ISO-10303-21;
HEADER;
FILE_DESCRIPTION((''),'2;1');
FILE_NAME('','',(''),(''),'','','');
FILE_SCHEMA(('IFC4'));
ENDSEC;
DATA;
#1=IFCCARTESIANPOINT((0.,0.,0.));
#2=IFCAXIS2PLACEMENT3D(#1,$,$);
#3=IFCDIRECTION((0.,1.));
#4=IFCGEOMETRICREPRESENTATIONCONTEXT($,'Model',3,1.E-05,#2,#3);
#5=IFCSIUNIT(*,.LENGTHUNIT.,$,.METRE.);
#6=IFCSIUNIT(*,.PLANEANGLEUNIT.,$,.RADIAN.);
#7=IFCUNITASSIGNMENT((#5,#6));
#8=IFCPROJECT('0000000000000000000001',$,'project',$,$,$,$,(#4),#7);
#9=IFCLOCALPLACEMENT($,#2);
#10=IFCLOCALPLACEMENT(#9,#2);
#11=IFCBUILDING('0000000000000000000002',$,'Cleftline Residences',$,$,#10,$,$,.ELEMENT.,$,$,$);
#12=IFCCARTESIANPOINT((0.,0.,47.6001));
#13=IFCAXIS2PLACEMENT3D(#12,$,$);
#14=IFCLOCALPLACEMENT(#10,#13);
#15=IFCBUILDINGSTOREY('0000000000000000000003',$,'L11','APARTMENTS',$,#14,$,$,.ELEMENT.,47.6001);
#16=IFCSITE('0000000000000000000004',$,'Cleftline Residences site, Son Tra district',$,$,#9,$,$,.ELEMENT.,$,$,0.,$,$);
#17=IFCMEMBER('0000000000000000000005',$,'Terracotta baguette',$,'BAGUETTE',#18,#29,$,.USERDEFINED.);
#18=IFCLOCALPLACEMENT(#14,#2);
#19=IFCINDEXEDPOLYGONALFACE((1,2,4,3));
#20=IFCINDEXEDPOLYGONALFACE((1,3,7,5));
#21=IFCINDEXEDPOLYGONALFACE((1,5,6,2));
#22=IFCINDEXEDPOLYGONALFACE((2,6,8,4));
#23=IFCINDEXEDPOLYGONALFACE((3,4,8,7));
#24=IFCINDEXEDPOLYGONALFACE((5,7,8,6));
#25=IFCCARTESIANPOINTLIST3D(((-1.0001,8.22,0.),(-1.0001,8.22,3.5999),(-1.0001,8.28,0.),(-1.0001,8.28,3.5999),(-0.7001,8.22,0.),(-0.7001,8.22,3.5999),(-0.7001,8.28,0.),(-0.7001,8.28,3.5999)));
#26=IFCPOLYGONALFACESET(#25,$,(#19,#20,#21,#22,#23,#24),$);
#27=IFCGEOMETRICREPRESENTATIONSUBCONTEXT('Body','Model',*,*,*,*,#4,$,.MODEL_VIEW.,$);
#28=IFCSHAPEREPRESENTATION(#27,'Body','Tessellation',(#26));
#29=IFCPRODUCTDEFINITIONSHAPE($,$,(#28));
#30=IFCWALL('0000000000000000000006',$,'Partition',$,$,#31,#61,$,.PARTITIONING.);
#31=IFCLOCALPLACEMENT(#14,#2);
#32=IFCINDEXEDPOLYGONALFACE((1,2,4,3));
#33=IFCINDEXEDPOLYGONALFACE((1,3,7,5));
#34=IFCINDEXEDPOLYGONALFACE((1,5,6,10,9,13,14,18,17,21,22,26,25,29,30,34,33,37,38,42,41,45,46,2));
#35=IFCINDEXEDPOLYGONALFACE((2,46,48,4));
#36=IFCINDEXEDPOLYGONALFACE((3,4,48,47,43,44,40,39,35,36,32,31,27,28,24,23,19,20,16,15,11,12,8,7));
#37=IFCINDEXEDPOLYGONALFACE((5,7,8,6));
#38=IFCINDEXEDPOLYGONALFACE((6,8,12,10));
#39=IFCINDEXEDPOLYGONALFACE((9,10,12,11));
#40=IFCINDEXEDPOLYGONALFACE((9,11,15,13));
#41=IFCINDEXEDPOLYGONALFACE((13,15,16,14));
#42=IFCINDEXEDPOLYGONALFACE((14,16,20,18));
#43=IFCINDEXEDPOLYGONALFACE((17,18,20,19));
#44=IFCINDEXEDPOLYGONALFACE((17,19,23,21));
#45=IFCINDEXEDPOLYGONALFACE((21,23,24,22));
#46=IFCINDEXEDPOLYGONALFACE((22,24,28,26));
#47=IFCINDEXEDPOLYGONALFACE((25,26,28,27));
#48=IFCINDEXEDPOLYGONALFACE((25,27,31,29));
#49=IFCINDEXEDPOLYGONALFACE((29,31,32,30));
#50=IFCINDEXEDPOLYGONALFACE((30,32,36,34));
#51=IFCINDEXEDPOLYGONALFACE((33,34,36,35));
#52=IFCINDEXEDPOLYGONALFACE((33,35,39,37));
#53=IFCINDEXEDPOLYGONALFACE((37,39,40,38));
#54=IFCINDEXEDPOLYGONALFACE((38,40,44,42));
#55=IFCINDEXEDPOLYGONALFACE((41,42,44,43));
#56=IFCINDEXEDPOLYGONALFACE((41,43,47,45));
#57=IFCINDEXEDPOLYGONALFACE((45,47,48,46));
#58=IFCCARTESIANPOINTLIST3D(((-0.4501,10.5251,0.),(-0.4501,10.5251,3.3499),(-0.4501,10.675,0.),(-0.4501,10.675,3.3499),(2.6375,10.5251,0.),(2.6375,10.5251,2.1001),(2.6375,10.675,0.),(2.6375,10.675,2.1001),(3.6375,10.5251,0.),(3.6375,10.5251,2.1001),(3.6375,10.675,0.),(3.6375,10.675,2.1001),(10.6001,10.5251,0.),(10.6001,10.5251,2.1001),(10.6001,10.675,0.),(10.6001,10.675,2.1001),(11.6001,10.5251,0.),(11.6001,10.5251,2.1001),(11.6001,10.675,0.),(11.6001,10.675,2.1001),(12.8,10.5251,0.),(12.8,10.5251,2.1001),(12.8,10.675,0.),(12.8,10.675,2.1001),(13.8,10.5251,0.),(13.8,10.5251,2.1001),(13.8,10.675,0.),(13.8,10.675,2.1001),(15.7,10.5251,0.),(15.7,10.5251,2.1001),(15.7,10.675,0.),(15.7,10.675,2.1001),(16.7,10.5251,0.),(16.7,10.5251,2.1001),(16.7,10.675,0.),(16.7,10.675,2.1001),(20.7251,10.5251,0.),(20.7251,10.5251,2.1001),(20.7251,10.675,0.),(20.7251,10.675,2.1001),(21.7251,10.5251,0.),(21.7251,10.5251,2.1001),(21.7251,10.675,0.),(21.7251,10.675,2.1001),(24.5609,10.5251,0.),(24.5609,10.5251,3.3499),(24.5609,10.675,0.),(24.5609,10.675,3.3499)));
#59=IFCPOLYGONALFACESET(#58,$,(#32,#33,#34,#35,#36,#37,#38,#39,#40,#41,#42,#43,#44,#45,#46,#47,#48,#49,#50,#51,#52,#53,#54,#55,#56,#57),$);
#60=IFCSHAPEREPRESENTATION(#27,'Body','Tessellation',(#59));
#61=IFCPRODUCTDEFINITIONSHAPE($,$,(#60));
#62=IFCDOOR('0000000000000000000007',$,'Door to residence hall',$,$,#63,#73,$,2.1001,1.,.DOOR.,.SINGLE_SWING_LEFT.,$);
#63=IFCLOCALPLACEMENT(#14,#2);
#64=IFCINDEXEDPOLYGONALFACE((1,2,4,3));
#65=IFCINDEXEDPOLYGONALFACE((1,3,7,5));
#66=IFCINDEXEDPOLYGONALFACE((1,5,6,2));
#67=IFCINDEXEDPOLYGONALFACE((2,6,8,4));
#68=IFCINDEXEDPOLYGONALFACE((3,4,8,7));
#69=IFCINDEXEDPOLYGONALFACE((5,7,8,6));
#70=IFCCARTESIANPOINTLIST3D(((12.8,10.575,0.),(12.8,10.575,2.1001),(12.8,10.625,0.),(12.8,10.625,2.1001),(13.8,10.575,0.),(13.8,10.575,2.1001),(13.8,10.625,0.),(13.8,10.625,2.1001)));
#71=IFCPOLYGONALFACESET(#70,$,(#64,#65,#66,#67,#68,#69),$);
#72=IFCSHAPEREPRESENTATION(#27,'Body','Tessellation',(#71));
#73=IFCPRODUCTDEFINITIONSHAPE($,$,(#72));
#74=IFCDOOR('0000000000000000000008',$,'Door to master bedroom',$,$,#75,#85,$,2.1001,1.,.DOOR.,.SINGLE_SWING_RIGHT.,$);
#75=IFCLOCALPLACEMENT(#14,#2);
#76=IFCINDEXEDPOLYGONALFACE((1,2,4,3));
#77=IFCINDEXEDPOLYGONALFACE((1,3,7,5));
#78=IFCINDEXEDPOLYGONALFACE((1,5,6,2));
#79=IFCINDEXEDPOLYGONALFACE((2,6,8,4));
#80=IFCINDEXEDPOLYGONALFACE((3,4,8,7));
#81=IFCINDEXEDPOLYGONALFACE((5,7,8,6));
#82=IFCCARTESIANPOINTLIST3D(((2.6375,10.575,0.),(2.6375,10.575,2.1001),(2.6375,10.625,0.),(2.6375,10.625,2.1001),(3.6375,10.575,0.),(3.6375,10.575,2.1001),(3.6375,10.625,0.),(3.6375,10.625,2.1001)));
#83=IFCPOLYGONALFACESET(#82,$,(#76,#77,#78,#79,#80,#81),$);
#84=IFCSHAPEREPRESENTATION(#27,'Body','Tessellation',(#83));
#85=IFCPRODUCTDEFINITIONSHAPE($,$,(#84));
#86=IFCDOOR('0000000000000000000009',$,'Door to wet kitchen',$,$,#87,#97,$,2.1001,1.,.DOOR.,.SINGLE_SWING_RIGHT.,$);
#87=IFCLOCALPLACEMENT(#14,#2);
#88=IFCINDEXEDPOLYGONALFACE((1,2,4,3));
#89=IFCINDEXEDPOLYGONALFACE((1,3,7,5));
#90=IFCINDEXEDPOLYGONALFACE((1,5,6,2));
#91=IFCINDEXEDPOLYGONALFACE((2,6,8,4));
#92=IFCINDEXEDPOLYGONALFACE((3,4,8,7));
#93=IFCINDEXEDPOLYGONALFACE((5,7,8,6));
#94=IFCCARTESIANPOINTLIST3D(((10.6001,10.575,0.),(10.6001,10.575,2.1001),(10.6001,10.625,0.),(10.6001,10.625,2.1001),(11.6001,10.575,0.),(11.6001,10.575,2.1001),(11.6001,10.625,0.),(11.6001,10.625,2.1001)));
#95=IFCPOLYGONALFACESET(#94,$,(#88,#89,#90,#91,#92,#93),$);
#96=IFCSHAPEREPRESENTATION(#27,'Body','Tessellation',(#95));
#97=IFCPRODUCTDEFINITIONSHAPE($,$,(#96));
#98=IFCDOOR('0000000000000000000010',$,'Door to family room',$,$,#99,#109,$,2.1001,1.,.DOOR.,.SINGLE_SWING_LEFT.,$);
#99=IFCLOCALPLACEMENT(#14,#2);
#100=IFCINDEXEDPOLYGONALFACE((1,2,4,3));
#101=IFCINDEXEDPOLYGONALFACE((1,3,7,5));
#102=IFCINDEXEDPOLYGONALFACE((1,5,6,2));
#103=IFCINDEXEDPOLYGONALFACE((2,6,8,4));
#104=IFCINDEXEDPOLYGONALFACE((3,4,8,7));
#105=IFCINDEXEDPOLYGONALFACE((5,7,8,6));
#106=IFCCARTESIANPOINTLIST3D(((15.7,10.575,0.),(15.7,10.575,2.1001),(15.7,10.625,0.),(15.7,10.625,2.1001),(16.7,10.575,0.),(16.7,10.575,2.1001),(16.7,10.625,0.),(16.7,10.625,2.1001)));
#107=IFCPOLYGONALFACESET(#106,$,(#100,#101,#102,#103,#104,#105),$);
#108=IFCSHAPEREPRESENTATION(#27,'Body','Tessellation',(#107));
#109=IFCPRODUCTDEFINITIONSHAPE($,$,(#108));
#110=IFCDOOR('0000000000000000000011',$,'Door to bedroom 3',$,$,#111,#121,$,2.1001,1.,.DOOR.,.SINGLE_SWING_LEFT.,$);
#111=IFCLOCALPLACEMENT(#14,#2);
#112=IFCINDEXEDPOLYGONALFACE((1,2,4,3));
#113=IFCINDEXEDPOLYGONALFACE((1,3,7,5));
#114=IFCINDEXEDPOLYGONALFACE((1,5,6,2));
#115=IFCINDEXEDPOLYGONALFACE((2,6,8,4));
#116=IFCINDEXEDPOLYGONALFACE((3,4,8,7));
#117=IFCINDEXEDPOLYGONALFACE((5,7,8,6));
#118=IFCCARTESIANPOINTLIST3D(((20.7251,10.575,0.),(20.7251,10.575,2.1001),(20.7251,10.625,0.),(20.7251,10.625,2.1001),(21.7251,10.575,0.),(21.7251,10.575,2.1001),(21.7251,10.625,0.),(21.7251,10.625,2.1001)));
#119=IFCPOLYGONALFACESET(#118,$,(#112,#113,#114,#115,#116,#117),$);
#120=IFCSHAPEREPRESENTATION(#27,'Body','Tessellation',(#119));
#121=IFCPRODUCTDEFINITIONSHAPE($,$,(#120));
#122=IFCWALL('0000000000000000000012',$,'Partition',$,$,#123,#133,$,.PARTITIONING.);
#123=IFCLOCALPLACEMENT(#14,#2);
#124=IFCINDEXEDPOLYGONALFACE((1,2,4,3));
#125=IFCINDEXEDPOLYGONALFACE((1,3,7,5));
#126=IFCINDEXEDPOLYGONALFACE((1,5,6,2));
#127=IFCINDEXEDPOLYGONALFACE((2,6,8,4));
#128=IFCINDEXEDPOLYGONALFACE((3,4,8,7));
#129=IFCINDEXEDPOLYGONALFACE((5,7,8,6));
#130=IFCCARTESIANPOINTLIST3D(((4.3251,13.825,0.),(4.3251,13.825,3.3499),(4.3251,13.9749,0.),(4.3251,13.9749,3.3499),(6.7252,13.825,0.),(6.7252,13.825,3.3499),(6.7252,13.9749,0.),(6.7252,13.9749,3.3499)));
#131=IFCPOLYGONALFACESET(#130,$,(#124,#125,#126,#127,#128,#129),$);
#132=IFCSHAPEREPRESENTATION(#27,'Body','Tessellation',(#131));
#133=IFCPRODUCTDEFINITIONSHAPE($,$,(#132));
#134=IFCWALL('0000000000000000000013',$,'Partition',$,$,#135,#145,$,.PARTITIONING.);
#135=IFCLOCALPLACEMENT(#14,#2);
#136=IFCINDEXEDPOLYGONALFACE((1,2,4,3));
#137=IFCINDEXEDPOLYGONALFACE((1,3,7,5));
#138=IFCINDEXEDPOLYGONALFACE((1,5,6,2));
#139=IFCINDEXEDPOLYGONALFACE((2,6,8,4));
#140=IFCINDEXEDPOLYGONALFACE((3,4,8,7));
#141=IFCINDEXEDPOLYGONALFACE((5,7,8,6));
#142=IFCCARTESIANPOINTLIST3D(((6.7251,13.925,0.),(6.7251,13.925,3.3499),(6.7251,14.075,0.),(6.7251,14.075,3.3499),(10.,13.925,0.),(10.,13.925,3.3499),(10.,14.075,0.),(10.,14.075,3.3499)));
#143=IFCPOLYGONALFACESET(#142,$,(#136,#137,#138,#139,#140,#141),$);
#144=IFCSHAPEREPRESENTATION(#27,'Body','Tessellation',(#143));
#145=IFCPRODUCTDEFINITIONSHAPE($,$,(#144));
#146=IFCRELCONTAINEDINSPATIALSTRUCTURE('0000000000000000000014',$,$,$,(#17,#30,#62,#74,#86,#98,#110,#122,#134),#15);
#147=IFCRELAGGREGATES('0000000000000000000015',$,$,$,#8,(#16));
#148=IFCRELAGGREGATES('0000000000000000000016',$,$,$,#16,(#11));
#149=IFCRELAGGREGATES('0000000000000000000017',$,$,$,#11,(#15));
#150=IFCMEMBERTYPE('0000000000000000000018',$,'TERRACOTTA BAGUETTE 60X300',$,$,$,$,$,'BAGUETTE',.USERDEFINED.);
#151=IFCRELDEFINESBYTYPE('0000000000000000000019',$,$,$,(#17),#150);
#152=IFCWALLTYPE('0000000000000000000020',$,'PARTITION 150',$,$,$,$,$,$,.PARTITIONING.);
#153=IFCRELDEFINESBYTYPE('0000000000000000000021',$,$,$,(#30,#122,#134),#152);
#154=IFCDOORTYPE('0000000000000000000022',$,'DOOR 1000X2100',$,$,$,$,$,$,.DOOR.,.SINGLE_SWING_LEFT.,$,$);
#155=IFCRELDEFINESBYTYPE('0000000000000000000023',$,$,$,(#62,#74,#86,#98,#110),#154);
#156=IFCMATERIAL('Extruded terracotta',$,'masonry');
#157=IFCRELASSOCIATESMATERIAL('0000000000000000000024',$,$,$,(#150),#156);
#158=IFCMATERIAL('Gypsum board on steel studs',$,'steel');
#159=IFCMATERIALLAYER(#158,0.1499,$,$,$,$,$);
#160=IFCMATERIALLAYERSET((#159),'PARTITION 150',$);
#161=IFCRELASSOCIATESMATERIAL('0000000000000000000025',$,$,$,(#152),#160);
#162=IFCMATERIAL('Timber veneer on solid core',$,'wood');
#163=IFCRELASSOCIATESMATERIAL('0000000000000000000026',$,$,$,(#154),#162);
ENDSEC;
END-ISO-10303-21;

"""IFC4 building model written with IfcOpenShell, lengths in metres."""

from ifc_helpers import new_model, si_unit, direction, frame, frame_2d, origin, origin_2d, place, context, subcontext, project, spatial, rectangle, extrude, material, layer, layer_set, material_profile, profile_set, type_object, element, fill, save


model = new_model("IFC4")

# Units and contexts
model_context = context("Model", 3, precision=1e-05, world=origin(), true_north=direction((0.0, 1.0)))
body_context = subcontext(model_context, "Body", "Model", "MODEL_VIEW")
ifc_project = project(units=[si_unit("LENGTHUNIT", "METRE"), si_unit("PLANEANGLEUNIT", "RADIAN")], contexts=[model_context])

# Site, building, storey
site_placement = place(None, origin())
site = spatial("IfcSite", under=ifc_project, at=site_placement, Name="Cleftline Residences site, Son Tra district", CompositionType="ELEMENT", RefElevation=0.0)
building_placement = place(site_placement, origin())
building = spatial("IfcBuilding", under=site, at=building_placement, Name="Cleftline Residences", CompositionType="ELEMENT")
storey_placement = place(building_placement, frame((0.0, 0.0, 47.6001)))
storey = spatial("IfcBuildingStorey", under=building, at=storey_placement, Name="L11", Description="APARTMENTS", CompositionType="ELEMENT", Elevation=47.6001)

# Member
ifc_material_1 = material(Name="Extruded terracotta", Category="masonry")
ifc_material_profile_1 = material_profile(ifc_material_1, rectangle(XDim=0.0601, YDim=0.3, at=origin_2d()))
ifc_profile_set_1 = profile_set([ifc_material_profile_1], Name="Extruded terracotta")
member_type_1 = type_object("IfcMemberType", Name="TERRACOTTA BAGUETTE 60X300", ElementType="BAGUETTE", PredefinedType="USERDEFINED", material=ifc_profile_set_1)
for number, where, z_axis, x_axis, name in (
    (1, (-0.8501, 8.25, 0.0), (0.0, 0.0, 1.0), (0.0, 1.0, 0.0), "Terracotta baguette"),
):
    element("IfcMember", number, at=place(storey_placement, frame(where, z_axis=z_axis, x_axis=x_axis)), inside=storey, type_object=member_type_1, Name=name, ObjectType="BAGUETTE", PredefinedType="USERDEFINED", context=body_context, shape_type="SweptSolid", body=[
        extrude(rectangle(XDim=0.0601, YDim=0.3, at=origin_2d()), origin(), (0.0, 0.0, 1.0), 3.5999),
    ])

# Wall, openings, doors
ifc_material_2 = material(Name="Gypsum board on steel studs", Category="steel")
ifc_layer = layer(ifc_material_2, 0.1499)
ifc_layer_set = layer_set([ifc_layer], Name="PARTITION 150")
wall_type = type_object("IfcWallType", Name="PARTITION 150", PredefinedType="PARTITIONING", material=ifc_layer_set)
wall_1_placement = place(storey_placement, frame((-0.45, 10.6001, 0.0), z_axis=(0.0, 0.0, 1.0), x_axis=(1.0, 0.0, 0.0)))
wall_1 = element("IfcWall", 2, at=wall_1_placement, inside=storey, type_object=wall_type, Name="Partition", PredefinedType="PARTITIONING", context=body_context, shape_type="SweptSolid", body=[
    extrude(rectangle(XDim=25.011, YDim=0.1499, at=frame_2d((12.5054, 0.0))), origin(), (0.0, 0.0, 1.0), 3.3499),
])
opening_1_placement = place(wall_1_placement, frame((13.25, 0.0, 0.0)))
opening_1 = element("IfcOpeningElement", 3, at=opening_1_placement, cuts=wall_1, PredefinedType="OPENING", context=body_context, shape_type="SweptSolid", body=[
    extrude(rectangle(XDim=1.0, YDim=2.1001, at=frame_2d((0.5, 1.05))), frame((0.0, 0.085, 0.0), z_axis=(0.0, -1.0, 0.0), x_axis=(1.0, 0.0, 0.0)), (0.0, 0.0, 1.0), 0.1699),
])
opening_2_placement = place(wall_1_placement, frame((3.0874, 0.0, 0.0)))
opening_2 = element("IfcOpeningElement", 4, at=opening_2_placement, cuts=wall_1, PredefinedType="OPENING", context=body_context, shape_type="SweptSolid", body=[
    extrude(rectangle(XDim=1.0, YDim=2.1001, at=frame_2d((0.5, 1.05))), frame((0.0, 0.085, 0.0), z_axis=(0.0, -1.0, 0.0), x_axis=(1.0, 0.0, 0.0)), (0.0, 0.0, 1.0), 0.1699),
])
opening_3_placement = place(wall_1_placement, frame((11.05, 0.0, 0.0)))
opening_3 = element("IfcOpeningElement", 5, at=opening_3_placement, cuts=wall_1, PredefinedType="OPENING", context=body_context, shape_type="SweptSolid", body=[
    extrude(rectangle(XDim=1.0, YDim=2.1001, at=frame_2d((0.5, 1.05))), frame((0.0, 0.085, 0.0), z_axis=(0.0, -1.0, 0.0), x_axis=(1.0, 0.0, 0.0)), (0.0, 0.0, 1.0), 0.1699),
])
opening_4_placement = place(wall_1_placement, frame((16.1499, 0.0, 0.0)))
opening_4 = element("IfcOpeningElement", 6, at=opening_4_placement, cuts=wall_1, PredefinedType="OPENING", context=body_context, shape_type="SweptSolid", body=[
    extrude(rectangle(XDim=1.0, YDim=2.1001, at=frame_2d((0.5, 1.05))), frame((0.0, 0.085, 0.0), z_axis=(0.0, -1.0, 0.0), x_axis=(1.0, 0.0, 0.0)), (0.0, 0.0, 1.0), 0.1699),
])
opening_5_placement = place(wall_1_placement, frame((21.175, 0.0, 0.0)))
opening_5 = element("IfcOpeningElement", 7, at=opening_5_placement, cuts=wall_1, PredefinedType="OPENING", context=body_context, shape_type="SweptSolid", body=[
    extrude(rectangle(XDim=1.0, YDim=2.1001, at=frame_2d((0.5, 1.05))), frame((0.0, 0.085, 0.0), z_axis=(0.0, -1.0, 0.0), x_axis=(1.0, 0.0, 0.0)), (0.0, 0.0, 1.0), 0.1699),
])
ifc_material_3 = material(Name="Timber veneer on solid core", Category="wood")
door_type_1 = type_object("IfcDoorType", Name="DOOR 1000X2100", OperationType="SINGLE_SWING_LEFT", PredefinedType="DOOR", material=ifc_material_3)
door_1_placement = place(opening_1_placement, origin())
door_1 = element("IfcDoor", 8, at=door_1_placement, inside=storey, type_object=door_type_1, Name="Door to residence hall", OperationType="SINGLE_SWING_LEFT", OverallHeight=2.1001, OverallWidth=1.0, PredefinedType="DOOR", context=body_context, shape_type="SweptSolid", body=[
    extrude(rectangle(XDim=1.0, YDim=2.1001, at=frame_2d((0.5, 1.05))), frame((0.0, 0.0249, 0.0), z_axis=(0.0, -1.0, 0.0), x_axis=(1.0, 0.0, 0.0)), (0.0, 0.0, 1.0), 0.05),
])
fill(opening_1, door_1)
door_2_placement = place(opening_2_placement, origin())
door_2 = element("IfcDoor", 9, at=door_2_placement, inside=storey, type_object=door_type_1, Name="Door to master bedroom", OperationType="SINGLE_SWING_RIGHT", OverallHeight=2.1001, OverallWidth=1.0, PredefinedType="DOOR", context=body_context, shape_type="SweptSolid", body=[
    extrude(rectangle(XDim=1.0, YDim=2.1001, at=frame_2d((0.5, 1.05))), frame((0.0, 0.0249, 0.0), z_axis=(0.0, -1.0, 0.0), x_axis=(1.0, 0.0, 0.0)), (0.0, 0.0, 1.0), 0.05),
])
fill(opening_2, door_2)
door_3_placement = place(opening_3_placement, origin())
door_3 = element("IfcDoor", 10, at=door_3_placement, inside=storey, type_object=door_type_1, Name="Door to wet kitchen", OperationType="SINGLE_SWING_RIGHT", OverallHeight=2.1001, OverallWidth=1.0, PredefinedType="DOOR", context=body_context, shape_type="SweptSolid", body=[
    extrude(rectangle(XDim=1.0, YDim=2.1001, at=frame_2d((0.5, 1.05))), frame((0.0, 0.0249, 0.0), z_axis=(0.0, -1.0, 0.0), x_axis=(1.0, 0.0, 0.0)), (0.0, 0.0, 1.0), 0.05),
])
fill(opening_3, door_3)
door_4_placement = place(opening_4_placement, origin())
door_4 = element("IfcDoor", 11, at=door_4_placement, inside=storey, type_object=door_type_1, Name="Door to family room", OperationType="SINGLE_SWING_LEFT", OverallHeight=2.1001, OverallWidth=1.0, PredefinedType="DOOR", context=body_context, shape_type="SweptSolid", body=[
    extrude(rectangle(XDim=1.0, YDim=2.1001, at=frame_2d((0.5, 1.05))), frame((0.0, 0.0249, 0.0), z_axis=(0.0, -1.0, 0.0), x_axis=(1.0, 0.0, 0.0)), (0.0, 0.0, 1.0), 0.05),
])
fill(opening_4, door_4)
door_5_placement = place(opening_5_placement, origin())
door_5 = element("IfcDoor", 12, at=door_5_placement, inside=storey, type_object=door_type_1, Name="Door to bedroom 3", OperationType="SINGLE_SWING_LEFT", OverallHeight=2.1001, OverallWidth=1.0, PredefinedType="DOOR", context=body_context, shape_type="SweptSolid", body=[
    extrude(rectangle(XDim=1.0, YDim=2.1001, at=frame_2d((0.5, 1.05))), frame((0.0, 0.0249, 0.0), z_axis=(0.0, -1.0, 0.0), x_axis=(1.0, 0.0, 0.0)), (0.0, 0.0, 1.0), 0.05),
])
fill(opening_5, door_5)

# Walls
wall_2_placement = place(storey_placement, frame((4.325, 13.8999, 0.0), z_axis=(0.0, 0.0, 1.0), x_axis=(1.0, 0.0, 0.0)))
element("IfcWall", 13, at=wall_2_placement, inside=storey, type_object=wall_type, Name="Partition", PredefinedType="PARTITIONING", context=body_context, shape_type="SweptSolid", body=[
    extrude(rectangle(XDim=2.4001, YDim=0.1499, at=frame_2d((1.2002, 0.0))), origin(), (0.0, 0.0, 1.0), 3.3499),
])
wall_3_placement = place(storey_placement, frame((6.7251, 14.0, 0.0), z_axis=(0.0, 0.0, 1.0), x_axis=(1.0, 0.0, 0.0)))
element("IfcWall", 14, at=wall_3_placement, inside=storey, type_object=wall_type, Name="Partition", PredefinedType="PARTITIONING", context=body_context, shape_type="SweptSolid", body=[
    extrude(rectangle(XDim=3.2749, YDim=0.1499, at=frame_2d((1.6375, 0.0))), origin(), (0.0, 0.0, 1.0), 3.3499),
])

save(model, "model.ifc")
